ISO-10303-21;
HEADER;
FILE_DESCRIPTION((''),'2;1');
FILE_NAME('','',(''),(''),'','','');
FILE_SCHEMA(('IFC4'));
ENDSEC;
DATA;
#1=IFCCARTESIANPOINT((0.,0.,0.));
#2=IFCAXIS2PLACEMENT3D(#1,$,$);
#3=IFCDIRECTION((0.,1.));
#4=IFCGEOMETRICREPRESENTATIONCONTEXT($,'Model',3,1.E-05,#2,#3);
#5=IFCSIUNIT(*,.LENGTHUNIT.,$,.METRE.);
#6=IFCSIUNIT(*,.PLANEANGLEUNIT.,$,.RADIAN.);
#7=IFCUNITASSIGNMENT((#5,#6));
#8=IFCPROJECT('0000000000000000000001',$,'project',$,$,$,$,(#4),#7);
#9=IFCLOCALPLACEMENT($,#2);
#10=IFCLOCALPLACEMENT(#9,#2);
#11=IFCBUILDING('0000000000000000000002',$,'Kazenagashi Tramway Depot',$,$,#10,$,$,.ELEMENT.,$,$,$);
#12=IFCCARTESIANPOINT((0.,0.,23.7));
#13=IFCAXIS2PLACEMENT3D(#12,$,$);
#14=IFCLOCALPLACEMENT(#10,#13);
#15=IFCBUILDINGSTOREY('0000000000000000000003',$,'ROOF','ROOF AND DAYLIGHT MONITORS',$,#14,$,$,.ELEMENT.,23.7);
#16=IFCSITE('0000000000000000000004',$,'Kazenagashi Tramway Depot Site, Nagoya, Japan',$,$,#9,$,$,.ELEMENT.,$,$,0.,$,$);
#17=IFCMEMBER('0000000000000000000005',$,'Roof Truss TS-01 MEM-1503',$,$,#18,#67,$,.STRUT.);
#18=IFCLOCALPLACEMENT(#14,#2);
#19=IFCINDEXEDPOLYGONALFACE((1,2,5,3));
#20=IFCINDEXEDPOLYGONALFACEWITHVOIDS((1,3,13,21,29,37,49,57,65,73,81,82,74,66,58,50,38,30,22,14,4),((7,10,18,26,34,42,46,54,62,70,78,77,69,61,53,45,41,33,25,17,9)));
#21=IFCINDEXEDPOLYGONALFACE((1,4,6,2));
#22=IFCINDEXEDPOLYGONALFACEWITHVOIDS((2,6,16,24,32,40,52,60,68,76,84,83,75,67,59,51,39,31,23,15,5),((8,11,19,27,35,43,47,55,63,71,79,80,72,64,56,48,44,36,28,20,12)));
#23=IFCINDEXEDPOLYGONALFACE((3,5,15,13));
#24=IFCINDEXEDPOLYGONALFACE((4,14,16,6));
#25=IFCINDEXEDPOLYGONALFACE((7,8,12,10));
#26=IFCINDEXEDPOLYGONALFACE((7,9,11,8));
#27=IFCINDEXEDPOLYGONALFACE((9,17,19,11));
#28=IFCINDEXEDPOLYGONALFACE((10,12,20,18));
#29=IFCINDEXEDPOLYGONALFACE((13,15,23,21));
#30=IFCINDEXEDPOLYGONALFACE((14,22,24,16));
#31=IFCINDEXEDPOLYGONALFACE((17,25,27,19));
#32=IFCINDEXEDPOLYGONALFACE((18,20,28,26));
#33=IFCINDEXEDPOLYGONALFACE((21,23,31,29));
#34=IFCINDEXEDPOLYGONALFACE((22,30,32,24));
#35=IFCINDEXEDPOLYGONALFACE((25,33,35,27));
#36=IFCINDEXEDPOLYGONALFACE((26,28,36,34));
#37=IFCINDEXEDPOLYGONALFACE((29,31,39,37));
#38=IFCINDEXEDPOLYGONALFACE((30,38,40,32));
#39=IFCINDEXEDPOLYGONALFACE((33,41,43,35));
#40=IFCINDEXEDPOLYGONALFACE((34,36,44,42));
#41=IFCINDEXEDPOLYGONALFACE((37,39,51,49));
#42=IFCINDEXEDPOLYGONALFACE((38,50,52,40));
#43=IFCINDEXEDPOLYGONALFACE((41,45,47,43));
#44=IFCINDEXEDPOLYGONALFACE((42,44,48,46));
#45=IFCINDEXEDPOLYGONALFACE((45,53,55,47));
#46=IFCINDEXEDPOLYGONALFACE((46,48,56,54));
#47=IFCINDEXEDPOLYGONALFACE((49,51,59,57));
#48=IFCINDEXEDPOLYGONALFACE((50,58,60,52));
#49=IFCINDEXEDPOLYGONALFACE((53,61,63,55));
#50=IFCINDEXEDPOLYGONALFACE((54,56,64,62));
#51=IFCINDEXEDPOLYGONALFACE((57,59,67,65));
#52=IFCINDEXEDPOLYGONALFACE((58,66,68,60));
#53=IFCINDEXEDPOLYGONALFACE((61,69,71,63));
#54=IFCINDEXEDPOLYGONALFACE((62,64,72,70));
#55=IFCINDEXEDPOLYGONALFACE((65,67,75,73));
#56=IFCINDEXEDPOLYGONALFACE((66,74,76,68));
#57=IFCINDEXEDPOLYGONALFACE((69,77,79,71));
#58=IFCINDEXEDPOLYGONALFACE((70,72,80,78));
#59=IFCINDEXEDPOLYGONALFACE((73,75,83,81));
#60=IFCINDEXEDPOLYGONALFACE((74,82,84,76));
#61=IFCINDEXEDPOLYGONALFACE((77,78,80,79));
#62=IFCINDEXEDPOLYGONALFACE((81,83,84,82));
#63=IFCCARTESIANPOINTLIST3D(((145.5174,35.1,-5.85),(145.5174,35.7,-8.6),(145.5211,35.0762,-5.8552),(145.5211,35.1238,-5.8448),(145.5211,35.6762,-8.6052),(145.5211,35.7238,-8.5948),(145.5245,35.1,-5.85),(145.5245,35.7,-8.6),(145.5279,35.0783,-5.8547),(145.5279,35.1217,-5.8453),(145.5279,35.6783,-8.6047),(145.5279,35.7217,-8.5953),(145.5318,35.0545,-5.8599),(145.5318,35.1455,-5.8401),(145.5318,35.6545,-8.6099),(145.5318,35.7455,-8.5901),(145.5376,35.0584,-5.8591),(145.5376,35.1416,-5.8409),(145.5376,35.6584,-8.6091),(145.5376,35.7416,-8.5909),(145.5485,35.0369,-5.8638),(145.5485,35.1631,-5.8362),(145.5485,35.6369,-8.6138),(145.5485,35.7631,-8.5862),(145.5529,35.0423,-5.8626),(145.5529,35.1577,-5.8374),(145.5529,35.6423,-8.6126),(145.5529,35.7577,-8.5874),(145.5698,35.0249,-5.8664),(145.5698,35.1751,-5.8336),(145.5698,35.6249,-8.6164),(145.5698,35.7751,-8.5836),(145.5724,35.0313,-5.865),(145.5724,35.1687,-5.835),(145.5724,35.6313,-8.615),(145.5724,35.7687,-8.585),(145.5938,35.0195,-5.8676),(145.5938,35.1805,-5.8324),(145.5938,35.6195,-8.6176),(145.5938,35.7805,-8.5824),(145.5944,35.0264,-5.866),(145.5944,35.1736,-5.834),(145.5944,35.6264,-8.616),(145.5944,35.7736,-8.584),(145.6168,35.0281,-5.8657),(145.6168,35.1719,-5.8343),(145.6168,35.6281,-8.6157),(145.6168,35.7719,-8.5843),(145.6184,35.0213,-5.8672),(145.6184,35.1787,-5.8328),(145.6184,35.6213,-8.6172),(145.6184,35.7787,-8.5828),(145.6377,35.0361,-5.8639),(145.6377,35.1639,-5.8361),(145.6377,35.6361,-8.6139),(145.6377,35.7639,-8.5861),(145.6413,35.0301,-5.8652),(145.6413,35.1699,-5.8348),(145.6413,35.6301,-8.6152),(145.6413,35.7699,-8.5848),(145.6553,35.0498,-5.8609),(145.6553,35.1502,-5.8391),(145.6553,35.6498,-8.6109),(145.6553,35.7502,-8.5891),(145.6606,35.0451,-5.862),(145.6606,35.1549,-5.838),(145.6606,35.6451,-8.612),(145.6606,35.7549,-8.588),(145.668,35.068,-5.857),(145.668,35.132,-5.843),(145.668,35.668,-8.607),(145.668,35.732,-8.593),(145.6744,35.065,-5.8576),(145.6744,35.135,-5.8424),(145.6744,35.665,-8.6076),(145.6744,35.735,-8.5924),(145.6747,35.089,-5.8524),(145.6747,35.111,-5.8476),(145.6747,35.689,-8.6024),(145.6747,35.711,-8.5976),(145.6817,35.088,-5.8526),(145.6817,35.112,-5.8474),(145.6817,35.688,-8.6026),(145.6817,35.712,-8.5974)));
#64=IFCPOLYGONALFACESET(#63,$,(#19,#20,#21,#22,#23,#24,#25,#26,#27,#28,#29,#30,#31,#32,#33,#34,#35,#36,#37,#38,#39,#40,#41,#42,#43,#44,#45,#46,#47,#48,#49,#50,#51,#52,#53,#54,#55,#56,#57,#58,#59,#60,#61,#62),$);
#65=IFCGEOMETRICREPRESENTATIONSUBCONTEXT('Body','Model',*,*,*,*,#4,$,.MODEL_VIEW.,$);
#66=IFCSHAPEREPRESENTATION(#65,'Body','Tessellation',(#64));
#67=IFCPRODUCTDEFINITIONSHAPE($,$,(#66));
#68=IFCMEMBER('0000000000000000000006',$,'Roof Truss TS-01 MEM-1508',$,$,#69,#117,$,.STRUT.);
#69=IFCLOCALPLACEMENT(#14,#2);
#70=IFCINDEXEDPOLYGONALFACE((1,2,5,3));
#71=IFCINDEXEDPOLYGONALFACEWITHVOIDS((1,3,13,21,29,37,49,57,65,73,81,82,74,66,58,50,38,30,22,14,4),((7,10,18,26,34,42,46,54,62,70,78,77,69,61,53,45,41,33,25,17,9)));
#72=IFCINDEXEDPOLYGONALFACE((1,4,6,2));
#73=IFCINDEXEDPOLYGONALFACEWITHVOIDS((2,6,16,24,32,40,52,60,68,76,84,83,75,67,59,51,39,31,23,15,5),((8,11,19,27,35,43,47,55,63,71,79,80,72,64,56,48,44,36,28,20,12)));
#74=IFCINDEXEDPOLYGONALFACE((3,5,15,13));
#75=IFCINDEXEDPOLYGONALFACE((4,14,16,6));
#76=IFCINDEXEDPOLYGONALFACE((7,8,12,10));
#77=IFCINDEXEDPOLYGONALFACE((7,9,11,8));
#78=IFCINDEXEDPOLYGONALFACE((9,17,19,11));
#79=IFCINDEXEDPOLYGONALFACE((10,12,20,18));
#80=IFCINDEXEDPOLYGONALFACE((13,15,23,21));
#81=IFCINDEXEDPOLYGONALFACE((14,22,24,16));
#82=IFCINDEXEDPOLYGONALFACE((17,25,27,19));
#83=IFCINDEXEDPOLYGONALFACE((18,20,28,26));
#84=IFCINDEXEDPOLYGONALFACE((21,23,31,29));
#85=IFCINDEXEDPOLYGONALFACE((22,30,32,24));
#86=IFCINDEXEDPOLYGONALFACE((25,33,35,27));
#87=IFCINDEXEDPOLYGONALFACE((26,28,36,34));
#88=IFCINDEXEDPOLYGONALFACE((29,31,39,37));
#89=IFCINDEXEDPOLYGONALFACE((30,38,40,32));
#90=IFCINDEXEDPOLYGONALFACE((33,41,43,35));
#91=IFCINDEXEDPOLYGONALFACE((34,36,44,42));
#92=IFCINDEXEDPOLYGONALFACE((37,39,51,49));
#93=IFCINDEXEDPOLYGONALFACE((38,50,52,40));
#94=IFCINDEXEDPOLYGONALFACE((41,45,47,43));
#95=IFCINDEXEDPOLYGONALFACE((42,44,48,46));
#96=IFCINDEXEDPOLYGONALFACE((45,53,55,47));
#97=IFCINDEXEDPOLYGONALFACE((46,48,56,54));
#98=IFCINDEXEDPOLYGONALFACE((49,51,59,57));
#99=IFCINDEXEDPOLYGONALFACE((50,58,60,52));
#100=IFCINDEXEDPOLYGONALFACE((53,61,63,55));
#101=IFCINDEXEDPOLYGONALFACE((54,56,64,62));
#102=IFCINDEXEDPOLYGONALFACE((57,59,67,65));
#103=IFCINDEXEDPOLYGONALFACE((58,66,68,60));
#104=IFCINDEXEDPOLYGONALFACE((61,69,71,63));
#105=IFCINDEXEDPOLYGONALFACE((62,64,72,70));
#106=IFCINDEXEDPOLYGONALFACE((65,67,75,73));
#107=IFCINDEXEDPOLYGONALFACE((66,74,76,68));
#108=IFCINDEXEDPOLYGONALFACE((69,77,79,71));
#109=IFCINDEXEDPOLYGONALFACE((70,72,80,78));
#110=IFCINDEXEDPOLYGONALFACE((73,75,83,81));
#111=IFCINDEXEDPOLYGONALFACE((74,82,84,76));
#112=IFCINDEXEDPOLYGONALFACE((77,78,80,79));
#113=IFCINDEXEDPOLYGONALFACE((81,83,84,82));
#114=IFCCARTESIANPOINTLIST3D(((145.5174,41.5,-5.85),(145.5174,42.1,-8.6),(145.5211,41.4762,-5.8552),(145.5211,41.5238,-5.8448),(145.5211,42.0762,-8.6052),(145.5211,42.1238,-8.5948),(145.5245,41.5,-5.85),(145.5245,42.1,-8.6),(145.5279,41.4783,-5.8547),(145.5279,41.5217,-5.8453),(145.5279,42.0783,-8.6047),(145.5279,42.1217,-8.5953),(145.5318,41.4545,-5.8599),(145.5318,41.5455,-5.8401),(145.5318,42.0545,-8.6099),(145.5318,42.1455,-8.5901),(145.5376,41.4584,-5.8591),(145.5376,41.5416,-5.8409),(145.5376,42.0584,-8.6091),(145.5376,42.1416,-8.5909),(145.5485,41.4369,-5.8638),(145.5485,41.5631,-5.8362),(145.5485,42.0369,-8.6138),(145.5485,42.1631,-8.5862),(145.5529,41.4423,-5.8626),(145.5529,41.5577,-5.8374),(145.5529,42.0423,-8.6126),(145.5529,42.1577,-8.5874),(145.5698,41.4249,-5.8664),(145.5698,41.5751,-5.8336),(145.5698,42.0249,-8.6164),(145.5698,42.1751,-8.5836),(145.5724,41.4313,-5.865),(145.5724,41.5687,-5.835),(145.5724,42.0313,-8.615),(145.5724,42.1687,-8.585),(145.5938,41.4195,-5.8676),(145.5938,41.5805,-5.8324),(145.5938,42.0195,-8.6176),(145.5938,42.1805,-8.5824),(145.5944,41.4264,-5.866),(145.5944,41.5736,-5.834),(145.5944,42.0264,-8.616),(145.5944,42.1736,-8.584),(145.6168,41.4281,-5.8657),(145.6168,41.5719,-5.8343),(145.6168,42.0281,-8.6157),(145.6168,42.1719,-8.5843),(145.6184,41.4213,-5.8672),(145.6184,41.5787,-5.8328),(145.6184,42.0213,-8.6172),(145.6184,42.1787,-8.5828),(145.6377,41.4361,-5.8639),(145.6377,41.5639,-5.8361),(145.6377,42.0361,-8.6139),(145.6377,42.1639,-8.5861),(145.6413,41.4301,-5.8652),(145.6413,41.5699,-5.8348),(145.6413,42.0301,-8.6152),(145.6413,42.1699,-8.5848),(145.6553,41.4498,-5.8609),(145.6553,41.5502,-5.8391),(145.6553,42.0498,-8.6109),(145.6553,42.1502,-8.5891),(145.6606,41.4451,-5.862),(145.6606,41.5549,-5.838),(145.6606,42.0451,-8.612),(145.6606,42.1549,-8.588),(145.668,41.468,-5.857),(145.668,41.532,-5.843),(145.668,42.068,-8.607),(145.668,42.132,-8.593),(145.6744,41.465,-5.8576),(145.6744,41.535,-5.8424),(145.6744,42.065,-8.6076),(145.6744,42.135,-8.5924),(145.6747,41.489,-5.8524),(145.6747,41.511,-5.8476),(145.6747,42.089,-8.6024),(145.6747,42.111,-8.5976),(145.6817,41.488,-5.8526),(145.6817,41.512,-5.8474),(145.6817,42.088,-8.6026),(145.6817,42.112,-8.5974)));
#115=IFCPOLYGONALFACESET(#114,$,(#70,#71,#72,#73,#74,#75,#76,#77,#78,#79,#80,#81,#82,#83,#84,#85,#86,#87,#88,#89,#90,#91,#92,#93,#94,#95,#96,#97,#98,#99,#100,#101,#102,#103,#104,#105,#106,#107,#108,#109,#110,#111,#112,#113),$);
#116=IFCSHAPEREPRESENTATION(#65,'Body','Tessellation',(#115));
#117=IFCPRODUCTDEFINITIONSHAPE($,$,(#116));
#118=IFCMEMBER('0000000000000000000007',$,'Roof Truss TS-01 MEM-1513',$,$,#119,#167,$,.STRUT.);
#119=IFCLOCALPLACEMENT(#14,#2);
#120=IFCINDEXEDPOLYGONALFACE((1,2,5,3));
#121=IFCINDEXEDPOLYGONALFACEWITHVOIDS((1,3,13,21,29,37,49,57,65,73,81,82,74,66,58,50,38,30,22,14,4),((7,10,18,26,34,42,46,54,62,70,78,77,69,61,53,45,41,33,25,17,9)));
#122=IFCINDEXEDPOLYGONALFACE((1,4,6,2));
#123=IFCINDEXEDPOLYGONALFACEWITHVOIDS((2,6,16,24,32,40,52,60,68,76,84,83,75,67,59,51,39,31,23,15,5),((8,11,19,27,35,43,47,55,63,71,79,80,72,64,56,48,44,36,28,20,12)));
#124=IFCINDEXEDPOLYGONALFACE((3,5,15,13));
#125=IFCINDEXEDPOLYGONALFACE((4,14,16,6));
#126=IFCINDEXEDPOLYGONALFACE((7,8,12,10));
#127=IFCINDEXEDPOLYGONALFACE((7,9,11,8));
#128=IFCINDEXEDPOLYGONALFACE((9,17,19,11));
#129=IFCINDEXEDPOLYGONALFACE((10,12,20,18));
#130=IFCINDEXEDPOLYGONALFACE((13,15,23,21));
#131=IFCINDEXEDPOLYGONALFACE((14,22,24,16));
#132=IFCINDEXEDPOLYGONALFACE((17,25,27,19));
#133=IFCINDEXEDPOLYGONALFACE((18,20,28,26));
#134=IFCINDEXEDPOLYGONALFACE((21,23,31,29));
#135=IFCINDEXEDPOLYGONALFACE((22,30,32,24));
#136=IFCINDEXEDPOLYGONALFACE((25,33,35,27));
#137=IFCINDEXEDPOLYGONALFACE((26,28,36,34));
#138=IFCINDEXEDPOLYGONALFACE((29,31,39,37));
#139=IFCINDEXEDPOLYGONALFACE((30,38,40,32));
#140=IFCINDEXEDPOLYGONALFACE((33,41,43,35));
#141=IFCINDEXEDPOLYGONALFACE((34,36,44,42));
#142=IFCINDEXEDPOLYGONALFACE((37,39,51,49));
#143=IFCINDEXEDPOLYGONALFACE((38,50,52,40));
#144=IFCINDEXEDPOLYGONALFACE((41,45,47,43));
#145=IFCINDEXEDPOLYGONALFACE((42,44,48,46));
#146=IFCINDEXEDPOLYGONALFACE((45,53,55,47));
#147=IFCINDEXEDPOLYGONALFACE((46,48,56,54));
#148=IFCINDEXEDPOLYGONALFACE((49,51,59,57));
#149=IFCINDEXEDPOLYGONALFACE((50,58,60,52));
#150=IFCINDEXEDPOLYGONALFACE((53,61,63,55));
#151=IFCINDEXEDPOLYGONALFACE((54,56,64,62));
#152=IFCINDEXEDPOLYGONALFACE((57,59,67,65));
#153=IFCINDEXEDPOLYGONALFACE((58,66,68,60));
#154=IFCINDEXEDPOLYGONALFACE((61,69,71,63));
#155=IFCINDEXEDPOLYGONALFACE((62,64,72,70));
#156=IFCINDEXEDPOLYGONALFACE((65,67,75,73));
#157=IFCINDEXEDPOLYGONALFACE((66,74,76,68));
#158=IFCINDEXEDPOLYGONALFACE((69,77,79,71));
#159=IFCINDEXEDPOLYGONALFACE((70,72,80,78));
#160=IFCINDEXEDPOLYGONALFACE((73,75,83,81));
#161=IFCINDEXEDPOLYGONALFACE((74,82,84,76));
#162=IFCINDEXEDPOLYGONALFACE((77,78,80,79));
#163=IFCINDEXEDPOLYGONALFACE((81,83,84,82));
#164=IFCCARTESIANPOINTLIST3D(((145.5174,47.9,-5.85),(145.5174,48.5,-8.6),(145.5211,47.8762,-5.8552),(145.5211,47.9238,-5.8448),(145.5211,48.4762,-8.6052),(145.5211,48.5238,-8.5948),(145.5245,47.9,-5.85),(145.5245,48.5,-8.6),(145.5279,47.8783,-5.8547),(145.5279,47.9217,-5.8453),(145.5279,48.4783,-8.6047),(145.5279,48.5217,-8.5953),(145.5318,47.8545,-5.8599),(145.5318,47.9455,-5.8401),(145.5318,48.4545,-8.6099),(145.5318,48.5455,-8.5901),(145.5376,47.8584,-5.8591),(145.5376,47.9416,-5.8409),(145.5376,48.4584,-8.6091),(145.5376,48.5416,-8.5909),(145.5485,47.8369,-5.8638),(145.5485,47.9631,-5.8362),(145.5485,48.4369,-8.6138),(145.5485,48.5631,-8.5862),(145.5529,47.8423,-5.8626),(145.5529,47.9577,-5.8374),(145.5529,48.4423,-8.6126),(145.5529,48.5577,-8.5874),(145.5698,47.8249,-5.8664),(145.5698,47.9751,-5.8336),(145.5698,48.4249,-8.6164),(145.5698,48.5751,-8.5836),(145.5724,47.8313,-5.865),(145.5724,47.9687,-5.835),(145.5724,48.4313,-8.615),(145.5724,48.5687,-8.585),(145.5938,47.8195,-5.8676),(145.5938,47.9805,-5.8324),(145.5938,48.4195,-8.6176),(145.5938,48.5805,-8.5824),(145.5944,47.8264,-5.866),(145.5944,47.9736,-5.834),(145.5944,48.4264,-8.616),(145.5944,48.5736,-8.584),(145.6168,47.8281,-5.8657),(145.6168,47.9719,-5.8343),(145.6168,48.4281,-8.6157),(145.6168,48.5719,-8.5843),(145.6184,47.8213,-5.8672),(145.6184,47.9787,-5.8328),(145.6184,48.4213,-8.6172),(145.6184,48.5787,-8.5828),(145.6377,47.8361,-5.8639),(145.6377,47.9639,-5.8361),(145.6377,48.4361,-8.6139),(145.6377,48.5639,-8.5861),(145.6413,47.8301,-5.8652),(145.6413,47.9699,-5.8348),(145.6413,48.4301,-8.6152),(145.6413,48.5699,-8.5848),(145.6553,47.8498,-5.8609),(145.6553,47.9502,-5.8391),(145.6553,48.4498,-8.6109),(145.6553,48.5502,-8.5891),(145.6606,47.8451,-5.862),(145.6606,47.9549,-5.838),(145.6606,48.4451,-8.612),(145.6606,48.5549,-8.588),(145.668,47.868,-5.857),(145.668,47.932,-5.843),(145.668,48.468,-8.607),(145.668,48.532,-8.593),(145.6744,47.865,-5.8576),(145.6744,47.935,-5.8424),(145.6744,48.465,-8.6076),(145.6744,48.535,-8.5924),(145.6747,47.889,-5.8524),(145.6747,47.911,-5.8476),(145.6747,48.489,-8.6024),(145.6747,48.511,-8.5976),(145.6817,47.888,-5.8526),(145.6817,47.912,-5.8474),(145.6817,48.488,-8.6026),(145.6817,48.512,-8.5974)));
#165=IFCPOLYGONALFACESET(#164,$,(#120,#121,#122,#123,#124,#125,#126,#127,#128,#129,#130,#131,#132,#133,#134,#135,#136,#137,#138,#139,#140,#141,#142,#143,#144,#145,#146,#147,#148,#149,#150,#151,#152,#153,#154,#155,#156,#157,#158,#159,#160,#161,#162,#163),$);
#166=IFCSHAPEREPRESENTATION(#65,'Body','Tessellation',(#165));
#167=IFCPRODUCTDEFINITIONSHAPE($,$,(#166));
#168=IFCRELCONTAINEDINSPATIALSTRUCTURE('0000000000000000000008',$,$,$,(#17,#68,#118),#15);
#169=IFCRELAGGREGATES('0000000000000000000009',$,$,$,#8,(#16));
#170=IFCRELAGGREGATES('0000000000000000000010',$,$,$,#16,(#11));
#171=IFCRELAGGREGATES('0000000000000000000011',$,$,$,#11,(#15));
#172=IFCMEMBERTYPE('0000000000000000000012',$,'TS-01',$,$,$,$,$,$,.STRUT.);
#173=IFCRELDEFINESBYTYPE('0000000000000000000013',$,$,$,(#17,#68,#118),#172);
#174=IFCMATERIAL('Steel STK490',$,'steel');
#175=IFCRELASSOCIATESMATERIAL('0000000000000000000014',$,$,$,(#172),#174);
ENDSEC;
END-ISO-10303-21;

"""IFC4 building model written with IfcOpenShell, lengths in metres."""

from ifc_helpers import new_model, si_unit, direction, frame, origin, origin_2d, place, context, subcontext, project, spatial, hollow_circle, extrude, material, material_profile, profile_set, type_object, element, save


model = new_model("IFC4")

# Units and contexts
model_context = context("Model", 3, precision=1e-05, world=origin(), true_north=direction((0.0, 1.0)))
body_context = subcontext(model_context, "Body", "Model", "MODEL_VIEW")
ifc_project = project(units=[si_unit("LENGTHUNIT", "METRE"), si_unit("PLANEANGLEUNIT", "RADIAN")], contexts=[model_context])

# Site, building, storey
site_placement = place(None, origin())
site = spatial("IfcSite", under=ifc_project, at=site_placement, Name="Kazenagashi Tramway Depot Site, Nagoya, Japan", CompositionType="ELEMENT", RefElevation=0.0)
building_placement = place(site_placement, origin())
building = spatial("IfcBuilding", under=site, at=building_placement, Name="Kazenagashi Tramway Depot", CompositionType="ELEMENT")
storey_placement = place(building_placement, frame((0.0, 0.0, 23.7)))
storey = spatial("IfcBuildingStorey", under=building, at=storey_placement, Name="ROOF", Description="ROOF AND DAYLIGHT MONITORS", CompositionType="ELEMENT", Elevation=23.7)

# Members
ifc_material_1 = material(Name="Steel STK490", Category="steel")
ifc_material_profile_1 = material_profile(ifc_material_1, hollow_circle(Radius=0.0826, WallThickness=0.0071, at=origin_2d()), Name="CHS-165.2x7.1")
ifc_profile_set_1 = profile_set([ifc_material_profile_1], Name="Steel STK490")
member_type_1 = type_object("IfcMemberType", Name="TS-01", PredefinedType="STRUT", material=ifc_profile_set_1)
for number, where, z_axis, x_axis, name in (
    (1, (145.6, 35.1, -5.85), (0.0, 0.213167, -0.977016), (-1.0, 0.0, 0.0), "Roof Truss TS-01 MEM-1503"),
    (2, (145.6, 41.5, -5.85), (0.0, 0.213167, -0.977016), (-1.0, 0.0, 0.0), "Roof Truss TS-01 MEM-1508"),
    (3, (145.6, 47.9, -5.85), (0.0, 0.213167, -0.977016), (-1.0, 0.0, 0.0), "Roof Truss TS-01 MEM-1513"),
):
    element("IfcMember", number, at=place(storey_placement, frame(where, z_axis=z_axis, x_axis=x_axis)), inside=storey, type_object=member_type_1, Name=name, PredefinedType="STRUT", context=body_context, shape_type="SweptSolid", body=[
        extrude(hollow_circle(Radius=0.0826, WallThickness=0.0071, at=origin_2d()), origin(), (0.0, 0.0, 1.0), 2.8147),
    ])

save(model, "model.ifc")
